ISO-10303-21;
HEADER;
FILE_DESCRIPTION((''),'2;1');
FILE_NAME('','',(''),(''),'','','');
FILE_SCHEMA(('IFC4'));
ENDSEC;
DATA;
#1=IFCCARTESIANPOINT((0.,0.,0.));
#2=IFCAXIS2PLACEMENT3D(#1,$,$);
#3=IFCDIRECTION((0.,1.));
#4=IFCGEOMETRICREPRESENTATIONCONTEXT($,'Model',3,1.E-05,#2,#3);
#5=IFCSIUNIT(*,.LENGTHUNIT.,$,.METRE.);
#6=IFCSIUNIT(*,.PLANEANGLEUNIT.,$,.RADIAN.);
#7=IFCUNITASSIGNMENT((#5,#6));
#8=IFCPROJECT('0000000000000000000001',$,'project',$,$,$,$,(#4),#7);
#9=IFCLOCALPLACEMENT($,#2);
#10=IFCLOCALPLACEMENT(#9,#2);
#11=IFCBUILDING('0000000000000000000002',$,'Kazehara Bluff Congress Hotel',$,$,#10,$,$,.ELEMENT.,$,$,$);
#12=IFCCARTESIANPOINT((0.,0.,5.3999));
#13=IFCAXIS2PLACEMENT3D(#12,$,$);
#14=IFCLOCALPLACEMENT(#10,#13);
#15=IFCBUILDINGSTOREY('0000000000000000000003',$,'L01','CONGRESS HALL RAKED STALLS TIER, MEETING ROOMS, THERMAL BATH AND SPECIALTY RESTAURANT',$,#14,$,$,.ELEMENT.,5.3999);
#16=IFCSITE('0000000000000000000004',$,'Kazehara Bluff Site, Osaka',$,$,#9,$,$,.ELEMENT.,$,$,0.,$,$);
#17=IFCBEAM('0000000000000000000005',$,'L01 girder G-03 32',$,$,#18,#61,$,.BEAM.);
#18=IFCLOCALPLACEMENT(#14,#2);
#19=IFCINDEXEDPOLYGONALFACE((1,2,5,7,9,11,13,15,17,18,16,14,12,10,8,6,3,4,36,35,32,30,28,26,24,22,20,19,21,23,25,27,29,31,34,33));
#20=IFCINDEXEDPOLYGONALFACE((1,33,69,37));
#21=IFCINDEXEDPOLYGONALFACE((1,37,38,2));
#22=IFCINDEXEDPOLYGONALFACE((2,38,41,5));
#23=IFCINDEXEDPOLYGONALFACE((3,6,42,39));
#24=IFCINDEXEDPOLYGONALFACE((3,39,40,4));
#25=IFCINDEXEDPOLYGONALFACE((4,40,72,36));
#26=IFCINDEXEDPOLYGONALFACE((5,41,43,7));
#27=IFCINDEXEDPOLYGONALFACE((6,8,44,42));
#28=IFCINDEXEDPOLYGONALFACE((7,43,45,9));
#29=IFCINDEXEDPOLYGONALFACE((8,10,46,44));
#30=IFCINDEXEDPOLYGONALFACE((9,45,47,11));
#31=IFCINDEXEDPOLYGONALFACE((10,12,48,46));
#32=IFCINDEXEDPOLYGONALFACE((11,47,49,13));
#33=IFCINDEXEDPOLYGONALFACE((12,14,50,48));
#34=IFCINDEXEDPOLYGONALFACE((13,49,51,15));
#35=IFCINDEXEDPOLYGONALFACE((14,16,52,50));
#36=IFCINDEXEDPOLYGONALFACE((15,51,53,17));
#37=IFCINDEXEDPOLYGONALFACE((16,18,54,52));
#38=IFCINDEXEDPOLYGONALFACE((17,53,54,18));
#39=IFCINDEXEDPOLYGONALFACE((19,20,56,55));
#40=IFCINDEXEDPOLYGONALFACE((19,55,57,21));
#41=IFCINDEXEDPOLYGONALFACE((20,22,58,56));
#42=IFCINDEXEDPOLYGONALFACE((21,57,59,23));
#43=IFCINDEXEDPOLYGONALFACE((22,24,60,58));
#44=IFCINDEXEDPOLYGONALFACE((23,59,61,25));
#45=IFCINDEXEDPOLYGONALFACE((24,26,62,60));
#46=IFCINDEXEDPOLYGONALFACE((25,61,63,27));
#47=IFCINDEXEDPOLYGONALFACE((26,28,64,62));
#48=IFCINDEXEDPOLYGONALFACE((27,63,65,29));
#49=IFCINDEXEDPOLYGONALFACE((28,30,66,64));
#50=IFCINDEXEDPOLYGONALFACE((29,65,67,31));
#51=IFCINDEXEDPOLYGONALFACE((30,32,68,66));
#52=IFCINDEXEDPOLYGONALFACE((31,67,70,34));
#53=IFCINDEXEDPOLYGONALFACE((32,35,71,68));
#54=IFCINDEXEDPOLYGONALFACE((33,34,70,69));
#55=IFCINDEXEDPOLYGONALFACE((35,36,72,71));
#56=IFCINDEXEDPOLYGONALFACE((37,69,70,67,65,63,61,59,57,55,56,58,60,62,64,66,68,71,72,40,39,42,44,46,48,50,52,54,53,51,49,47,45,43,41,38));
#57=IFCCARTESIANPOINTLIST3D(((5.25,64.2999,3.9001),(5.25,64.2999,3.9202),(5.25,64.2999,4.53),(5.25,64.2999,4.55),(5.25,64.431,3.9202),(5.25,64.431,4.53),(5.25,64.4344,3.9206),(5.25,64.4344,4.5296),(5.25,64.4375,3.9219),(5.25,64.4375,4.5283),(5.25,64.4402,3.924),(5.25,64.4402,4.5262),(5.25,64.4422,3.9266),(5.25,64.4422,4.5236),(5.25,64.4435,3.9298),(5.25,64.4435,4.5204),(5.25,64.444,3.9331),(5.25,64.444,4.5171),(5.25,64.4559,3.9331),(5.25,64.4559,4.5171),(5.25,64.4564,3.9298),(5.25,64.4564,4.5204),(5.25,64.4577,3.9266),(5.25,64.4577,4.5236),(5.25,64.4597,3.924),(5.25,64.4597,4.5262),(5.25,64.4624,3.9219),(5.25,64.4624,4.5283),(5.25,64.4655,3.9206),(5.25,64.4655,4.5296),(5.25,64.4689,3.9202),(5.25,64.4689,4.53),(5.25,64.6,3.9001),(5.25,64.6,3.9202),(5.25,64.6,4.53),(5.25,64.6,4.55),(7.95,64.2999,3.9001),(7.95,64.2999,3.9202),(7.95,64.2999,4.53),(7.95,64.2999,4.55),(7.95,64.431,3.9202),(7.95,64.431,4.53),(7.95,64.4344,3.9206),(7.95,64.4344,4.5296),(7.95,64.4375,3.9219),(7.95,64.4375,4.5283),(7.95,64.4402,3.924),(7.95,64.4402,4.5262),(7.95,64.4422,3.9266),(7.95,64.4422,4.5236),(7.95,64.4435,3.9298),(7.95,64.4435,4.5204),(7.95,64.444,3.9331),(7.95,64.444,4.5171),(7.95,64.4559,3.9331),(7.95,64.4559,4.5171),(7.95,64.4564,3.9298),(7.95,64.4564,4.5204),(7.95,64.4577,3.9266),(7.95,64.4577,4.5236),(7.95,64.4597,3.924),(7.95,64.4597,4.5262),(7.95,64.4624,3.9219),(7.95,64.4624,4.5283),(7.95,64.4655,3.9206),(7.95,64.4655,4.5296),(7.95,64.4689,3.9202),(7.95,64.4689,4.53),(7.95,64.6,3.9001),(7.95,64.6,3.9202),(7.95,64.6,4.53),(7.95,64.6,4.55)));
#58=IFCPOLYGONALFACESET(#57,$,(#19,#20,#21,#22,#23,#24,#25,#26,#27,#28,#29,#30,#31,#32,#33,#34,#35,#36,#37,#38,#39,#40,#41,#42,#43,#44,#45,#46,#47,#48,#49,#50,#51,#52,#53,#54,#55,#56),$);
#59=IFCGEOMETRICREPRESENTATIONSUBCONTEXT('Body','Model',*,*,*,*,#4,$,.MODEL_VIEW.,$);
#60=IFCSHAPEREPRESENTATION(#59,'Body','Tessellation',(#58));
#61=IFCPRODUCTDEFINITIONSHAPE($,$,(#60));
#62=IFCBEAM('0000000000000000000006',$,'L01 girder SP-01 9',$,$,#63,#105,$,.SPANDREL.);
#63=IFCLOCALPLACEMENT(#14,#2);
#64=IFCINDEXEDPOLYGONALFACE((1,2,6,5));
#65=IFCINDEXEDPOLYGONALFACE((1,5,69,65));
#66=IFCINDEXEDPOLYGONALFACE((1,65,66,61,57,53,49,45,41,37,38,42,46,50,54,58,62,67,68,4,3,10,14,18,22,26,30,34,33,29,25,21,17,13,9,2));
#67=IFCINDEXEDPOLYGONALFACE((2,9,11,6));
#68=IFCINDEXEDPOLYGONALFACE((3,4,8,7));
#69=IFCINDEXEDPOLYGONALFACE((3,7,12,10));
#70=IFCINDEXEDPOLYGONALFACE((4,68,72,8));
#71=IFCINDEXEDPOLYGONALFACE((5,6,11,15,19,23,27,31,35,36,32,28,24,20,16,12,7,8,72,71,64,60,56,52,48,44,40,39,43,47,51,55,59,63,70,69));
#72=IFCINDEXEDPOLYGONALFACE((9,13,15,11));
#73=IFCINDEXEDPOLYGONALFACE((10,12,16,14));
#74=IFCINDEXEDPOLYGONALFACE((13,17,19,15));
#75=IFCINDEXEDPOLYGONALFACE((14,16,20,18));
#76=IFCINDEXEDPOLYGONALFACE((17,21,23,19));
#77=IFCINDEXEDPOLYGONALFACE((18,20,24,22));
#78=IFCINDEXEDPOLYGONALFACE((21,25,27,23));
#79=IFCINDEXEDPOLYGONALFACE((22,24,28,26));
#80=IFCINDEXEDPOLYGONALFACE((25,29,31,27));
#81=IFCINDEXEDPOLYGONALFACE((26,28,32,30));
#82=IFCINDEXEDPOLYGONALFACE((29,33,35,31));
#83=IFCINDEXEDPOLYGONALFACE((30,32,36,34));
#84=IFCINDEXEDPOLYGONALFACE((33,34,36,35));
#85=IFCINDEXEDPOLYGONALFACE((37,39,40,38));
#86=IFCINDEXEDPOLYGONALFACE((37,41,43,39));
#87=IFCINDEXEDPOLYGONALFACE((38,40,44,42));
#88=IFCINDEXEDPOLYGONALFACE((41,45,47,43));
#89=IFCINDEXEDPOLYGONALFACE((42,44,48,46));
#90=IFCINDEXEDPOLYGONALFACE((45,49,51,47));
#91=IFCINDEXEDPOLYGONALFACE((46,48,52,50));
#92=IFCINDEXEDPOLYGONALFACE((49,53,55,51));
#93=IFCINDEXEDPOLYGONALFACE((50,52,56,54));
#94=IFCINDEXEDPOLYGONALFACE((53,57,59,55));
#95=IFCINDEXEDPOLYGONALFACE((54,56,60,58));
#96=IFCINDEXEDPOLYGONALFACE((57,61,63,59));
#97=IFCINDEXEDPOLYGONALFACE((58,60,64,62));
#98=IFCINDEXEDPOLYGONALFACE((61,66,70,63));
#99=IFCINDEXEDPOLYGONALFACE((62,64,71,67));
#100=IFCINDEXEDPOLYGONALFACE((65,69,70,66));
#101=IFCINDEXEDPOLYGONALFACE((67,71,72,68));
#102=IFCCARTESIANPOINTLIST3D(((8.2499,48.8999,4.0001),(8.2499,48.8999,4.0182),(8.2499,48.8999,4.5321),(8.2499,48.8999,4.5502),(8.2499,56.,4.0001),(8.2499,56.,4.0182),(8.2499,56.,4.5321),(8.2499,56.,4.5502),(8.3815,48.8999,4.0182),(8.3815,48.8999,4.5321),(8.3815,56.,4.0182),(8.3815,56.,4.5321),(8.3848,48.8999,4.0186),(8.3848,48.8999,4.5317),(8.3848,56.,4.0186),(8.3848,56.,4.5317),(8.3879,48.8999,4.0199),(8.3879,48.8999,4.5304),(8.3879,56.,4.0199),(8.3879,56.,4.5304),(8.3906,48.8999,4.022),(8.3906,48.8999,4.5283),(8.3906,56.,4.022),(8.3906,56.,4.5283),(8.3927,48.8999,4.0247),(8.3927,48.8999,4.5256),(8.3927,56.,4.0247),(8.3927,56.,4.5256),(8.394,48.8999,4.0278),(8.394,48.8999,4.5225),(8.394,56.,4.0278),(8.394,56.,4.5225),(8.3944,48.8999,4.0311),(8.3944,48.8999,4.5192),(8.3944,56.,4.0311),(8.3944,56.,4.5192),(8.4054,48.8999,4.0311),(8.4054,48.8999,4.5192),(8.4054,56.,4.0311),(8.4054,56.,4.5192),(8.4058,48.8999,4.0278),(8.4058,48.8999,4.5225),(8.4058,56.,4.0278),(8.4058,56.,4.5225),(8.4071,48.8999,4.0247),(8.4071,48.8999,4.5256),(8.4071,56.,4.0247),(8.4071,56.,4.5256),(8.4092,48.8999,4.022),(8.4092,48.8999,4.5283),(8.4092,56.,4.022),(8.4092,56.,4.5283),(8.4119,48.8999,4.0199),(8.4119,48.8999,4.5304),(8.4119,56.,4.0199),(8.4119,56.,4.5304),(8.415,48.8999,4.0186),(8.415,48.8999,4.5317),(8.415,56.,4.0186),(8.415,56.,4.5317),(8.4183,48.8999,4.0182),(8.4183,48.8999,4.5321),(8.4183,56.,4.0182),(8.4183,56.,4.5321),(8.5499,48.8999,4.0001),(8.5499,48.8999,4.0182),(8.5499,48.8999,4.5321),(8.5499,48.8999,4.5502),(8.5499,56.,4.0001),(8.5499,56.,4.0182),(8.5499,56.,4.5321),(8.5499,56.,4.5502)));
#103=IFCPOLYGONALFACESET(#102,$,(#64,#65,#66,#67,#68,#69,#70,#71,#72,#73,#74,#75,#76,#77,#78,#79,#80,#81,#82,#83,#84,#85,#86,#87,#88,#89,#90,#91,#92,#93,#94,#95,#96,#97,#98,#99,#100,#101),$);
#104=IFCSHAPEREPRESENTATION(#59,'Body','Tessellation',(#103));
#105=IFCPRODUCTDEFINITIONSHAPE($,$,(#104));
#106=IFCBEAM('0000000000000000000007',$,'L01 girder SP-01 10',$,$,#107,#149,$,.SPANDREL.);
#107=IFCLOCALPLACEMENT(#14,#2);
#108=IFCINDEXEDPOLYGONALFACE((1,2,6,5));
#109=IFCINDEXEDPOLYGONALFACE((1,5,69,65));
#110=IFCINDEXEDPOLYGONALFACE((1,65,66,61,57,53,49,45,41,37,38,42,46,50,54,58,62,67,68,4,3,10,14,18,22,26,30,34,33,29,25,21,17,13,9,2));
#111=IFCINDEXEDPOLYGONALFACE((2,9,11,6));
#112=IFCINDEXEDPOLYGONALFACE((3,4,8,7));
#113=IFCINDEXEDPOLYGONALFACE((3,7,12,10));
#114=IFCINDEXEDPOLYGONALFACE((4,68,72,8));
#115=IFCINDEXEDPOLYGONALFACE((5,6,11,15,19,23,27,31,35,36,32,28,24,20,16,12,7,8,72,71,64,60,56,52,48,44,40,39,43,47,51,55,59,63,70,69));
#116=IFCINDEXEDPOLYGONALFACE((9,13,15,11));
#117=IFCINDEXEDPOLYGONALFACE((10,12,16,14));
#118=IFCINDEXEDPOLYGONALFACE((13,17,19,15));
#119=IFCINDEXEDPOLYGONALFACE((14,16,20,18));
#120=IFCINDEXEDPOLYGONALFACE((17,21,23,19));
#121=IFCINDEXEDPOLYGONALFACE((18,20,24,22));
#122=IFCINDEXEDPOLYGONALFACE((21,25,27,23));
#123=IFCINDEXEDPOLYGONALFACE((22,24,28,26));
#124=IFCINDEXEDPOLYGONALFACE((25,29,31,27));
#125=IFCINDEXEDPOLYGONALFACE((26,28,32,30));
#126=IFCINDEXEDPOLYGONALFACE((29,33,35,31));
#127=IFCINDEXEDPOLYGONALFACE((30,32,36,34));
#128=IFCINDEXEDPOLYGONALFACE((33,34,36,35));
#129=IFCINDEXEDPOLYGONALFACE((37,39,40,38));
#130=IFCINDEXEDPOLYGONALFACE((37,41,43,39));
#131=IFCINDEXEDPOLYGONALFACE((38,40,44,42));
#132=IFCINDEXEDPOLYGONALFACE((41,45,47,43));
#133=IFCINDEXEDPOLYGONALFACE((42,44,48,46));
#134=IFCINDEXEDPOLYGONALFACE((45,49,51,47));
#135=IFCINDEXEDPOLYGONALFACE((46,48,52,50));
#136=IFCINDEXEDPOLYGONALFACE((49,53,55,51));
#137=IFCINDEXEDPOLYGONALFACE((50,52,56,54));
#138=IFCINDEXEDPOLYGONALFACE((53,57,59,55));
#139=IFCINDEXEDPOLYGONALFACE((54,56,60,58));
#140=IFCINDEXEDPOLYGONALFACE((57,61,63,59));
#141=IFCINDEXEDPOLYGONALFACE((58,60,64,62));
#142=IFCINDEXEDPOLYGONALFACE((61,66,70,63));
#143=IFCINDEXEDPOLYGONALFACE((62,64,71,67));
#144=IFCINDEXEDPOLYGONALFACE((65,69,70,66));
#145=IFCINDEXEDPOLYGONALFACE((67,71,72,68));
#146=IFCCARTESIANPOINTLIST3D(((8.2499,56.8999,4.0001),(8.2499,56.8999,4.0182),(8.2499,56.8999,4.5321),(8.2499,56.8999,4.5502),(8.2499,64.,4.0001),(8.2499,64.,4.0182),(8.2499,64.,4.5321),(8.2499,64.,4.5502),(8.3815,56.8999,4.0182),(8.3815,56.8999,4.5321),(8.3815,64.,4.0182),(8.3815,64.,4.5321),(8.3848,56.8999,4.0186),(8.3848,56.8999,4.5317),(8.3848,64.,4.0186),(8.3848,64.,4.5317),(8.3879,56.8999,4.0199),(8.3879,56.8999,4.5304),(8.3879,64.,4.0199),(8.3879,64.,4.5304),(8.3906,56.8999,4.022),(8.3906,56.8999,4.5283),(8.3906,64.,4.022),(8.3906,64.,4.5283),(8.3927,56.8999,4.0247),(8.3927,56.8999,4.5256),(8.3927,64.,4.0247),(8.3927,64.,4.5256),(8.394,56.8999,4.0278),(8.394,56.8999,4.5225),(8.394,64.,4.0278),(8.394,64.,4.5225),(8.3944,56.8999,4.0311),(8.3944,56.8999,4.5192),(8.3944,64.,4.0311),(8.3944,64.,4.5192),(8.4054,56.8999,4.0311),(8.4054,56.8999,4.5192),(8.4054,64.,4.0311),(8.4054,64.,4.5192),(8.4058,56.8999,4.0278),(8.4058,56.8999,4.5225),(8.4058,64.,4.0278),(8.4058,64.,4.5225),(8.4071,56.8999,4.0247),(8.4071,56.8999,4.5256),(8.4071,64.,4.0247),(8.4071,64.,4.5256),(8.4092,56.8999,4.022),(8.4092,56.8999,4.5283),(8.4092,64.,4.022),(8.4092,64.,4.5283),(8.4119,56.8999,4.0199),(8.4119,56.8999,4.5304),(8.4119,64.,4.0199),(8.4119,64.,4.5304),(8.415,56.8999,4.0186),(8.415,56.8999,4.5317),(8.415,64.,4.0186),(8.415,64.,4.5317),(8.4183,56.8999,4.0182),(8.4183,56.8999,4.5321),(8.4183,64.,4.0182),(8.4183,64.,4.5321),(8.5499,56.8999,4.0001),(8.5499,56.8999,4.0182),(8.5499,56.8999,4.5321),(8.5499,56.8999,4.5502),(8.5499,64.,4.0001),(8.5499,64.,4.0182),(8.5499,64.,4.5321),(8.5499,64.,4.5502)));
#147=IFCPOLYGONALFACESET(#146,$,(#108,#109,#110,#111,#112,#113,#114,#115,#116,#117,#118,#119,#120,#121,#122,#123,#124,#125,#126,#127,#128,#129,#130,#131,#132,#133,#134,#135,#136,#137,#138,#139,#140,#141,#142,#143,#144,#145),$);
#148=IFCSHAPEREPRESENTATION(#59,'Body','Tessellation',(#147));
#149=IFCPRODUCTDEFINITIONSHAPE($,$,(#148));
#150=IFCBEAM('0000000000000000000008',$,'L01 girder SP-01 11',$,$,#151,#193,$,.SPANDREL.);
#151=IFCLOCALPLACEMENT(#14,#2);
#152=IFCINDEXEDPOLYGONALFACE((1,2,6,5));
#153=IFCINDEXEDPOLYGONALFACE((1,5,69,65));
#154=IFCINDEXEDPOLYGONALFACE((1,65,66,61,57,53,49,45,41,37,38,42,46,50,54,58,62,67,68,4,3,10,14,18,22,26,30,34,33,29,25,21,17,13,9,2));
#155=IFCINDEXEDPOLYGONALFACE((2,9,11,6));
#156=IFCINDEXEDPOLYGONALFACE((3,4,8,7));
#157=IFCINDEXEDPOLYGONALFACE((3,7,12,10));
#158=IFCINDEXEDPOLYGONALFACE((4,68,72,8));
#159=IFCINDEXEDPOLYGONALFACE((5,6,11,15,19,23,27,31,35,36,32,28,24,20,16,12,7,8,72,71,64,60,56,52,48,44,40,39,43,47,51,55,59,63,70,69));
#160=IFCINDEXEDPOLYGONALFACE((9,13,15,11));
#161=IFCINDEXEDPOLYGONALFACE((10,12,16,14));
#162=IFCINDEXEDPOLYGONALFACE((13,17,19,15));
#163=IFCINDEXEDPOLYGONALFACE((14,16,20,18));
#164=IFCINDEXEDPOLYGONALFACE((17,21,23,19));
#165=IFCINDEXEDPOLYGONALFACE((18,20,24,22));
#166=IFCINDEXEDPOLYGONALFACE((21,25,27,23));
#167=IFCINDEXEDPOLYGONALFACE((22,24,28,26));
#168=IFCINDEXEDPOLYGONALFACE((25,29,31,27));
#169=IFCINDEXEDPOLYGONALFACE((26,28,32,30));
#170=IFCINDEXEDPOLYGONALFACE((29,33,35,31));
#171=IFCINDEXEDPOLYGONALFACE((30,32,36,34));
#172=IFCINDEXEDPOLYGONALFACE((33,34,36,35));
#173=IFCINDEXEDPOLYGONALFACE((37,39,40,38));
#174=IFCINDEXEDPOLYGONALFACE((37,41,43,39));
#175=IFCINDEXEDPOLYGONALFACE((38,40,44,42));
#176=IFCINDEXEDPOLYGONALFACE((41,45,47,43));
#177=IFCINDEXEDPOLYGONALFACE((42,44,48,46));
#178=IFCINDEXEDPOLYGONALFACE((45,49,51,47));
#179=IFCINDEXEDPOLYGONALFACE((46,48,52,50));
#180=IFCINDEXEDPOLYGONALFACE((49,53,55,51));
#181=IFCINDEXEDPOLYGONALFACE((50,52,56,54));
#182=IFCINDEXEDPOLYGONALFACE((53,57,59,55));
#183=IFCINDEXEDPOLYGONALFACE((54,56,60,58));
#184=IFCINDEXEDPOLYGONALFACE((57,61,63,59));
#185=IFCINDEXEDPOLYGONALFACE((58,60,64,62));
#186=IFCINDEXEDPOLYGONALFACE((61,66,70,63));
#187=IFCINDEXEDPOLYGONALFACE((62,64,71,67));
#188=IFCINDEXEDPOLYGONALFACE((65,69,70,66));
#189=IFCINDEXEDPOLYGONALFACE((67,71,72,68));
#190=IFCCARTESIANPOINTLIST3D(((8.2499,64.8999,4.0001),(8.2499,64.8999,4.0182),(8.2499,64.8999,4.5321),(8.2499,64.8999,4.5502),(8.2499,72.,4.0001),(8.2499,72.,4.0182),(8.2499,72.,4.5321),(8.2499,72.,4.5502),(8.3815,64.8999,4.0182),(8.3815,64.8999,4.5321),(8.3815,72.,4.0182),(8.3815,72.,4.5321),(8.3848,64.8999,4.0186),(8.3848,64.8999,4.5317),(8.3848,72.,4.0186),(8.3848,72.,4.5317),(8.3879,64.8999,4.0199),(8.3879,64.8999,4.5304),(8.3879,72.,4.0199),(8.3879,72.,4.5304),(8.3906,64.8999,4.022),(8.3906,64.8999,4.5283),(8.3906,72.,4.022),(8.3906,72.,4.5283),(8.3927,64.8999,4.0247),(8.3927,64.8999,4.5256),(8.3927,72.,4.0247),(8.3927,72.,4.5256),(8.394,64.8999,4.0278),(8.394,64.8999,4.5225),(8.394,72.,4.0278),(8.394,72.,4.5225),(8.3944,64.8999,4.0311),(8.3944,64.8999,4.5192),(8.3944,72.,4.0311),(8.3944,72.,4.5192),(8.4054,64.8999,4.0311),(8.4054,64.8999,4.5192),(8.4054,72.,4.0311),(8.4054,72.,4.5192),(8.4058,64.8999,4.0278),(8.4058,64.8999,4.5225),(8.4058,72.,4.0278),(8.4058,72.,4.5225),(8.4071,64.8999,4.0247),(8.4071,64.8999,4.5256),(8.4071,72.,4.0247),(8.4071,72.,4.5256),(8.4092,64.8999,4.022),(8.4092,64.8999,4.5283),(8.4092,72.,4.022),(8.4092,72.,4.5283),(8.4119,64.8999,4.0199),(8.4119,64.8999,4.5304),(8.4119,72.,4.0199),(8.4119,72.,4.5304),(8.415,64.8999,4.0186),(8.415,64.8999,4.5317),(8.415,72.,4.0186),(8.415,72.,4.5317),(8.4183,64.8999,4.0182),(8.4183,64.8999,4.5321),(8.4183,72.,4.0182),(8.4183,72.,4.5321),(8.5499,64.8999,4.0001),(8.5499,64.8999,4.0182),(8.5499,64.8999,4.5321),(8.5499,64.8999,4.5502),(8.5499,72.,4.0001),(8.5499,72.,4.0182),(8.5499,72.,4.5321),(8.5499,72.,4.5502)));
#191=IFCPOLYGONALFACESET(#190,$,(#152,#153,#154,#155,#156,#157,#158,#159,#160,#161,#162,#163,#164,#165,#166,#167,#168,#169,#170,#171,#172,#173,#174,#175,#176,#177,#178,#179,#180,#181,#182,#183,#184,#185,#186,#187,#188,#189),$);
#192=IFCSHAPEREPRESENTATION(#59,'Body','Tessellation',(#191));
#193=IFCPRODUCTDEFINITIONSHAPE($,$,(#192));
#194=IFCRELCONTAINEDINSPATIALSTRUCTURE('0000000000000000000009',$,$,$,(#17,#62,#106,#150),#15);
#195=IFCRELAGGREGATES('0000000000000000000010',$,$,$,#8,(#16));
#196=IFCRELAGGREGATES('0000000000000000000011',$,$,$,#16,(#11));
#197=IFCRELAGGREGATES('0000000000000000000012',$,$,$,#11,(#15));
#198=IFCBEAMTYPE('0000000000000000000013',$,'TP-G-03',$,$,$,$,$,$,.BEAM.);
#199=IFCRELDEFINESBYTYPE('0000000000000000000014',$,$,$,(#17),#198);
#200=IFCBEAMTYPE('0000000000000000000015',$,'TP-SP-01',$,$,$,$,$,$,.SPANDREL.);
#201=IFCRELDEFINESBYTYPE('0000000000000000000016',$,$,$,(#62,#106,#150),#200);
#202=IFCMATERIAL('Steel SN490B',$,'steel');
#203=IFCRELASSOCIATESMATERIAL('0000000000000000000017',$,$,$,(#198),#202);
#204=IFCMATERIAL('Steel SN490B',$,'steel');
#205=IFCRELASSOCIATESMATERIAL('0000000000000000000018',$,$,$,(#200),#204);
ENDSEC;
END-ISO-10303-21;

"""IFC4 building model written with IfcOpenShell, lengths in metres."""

from ifc_helpers import new_model, si_unit, direction, frame, origin, origin_2d, place, context, subcontext, project, spatial, i_section, extrude, material, material_profile, profile_set, type_object, element, save


model = new_model("IFC4")

# Units and contexts
model_context = context("Model", 3, precision=1e-05, world=origin(), true_north=direction((0.0, 1.0)))
body_context = subcontext(model_context, "Body", "Model", "MODEL_VIEW")
ifc_project = project(units=[si_unit("LENGTHUNIT", "METRE"), si_unit("PLANEANGLEUNIT", "RADIAN")], contexts=[model_context])

# Site, building, storey
site_placement = place(None, origin())
site = spatial("IfcSite", under=ifc_project, at=site_placement, Name="Kazehara Bluff Site, Osaka", CompositionType="ELEMENT", RefElevation=0.0)
building_placement = place(site_placement, origin())
building = spatial("IfcBuilding", under=site, at=building_placement, Name="Kazehara Bluff Congress Hotel", CompositionType="ELEMENT")
storey_placement = place(building_placement, frame((0.0, 0.0, 5.3999)))
storey = spatial("IfcBuildingStorey", under=building, at=storey_placement, Name="L01", Description="CONGRESS HALL RAKED STALLS TIER, MEETING ROOMS, THERMAL BATH AND SPECIALTY RESTAURANT", CompositionType="ELEMENT", Elevation=5.3999)

# Beams
ifc_material_1 = material(Name="Steel SN490B", Category="steel")
ifc_material_profile_1 = material_profile(ifc_material_1, i_section(OverallWidth=0.3, OverallDepth=0.6499, WebThickness=0.012, FlangeThickness=0.02, FilletRadius=0.0129, at=origin_2d()))
ifc_profile_set_1 = profile_set([ifc_material_profile_1], Name="Steel SN490B")
beam_type_1 = type_object("IfcBeamType", Name="TP-G-03", PredefinedType="BEAM", material=ifc_profile_set_1)
for number, where, z_axis, x_axis, name in (
    (1, (5.25, 64.45, 4.2251), (1.0, 0.0, 0.0), (0.0, 1.0, 0.0), "L01 girder G-03 32"),
):
    element("IfcBeam", number, at=place(storey_placement, frame(where, z_axis=z_axis, x_axis=x_axis)), inside=storey, type_object=beam_type_1, Name=name, PredefinedType="BEAM", context=body_context, shape_type="SweptSolid", body=[
        extrude(i_section(OverallWidth=0.3, OverallDepth=0.6499, WebThickness=0.012, FlangeThickness=0.02, FilletRadius=0.0129, at=origin_2d()), origin(), (0.0, 0.0, 1.0), 2.7),
    ])
ifc_material_2 = material(Name="Steel SN490B", Category="steel")
ifc_material_profile_2 = material_profile(ifc_material_2, i_section(OverallWidth=0.3, OverallDepth=0.55, WebThickness=0.011, FlangeThickness=0.0181, FilletRadius=0.0129, at=origin_2d()))
ifc_profile_set_2 = profile_set([ifc_material_profile_2], Name="Steel SN490B")
beam_type_2 = type_object("IfcBeamType", Name="TP-SP-01", PredefinedType="SPANDREL", material=ifc_profile_set_2)
for number, where, z_axis, x_axis, name in (
    (2, (8.3999, 48.8999, 4.2751), (0.0, 1.0, 0.0), (-1.0, 0.0, 0.0), "L01 girder SP-01 9"),
    (3, (8.3999, 56.8999, 4.2751), (0.0, 1.0, 0.0), (-1.0, 0.0, 0.0), "L01 girder SP-01 10"),
    (4, (8.3999, 64.8999, 4.2751), (0.0, 1.0, 0.0), (-1.0, 0.0, 0.0), "L01 girder SP-01 11"),
):
    element("IfcBeam", number, at=place(storey_placement, frame(where, z_axis=z_axis, x_axis=x_axis)), inside=storey, type_object=beam_type_2, Name=name, PredefinedType="SPANDREL", context=body_context, shape_type="SweptSolid", body=[
        extrude(i_section(OverallWidth=0.3, OverallDepth=0.55, WebThickness=0.011, FlangeThickness=0.0181, FilletRadius=0.0129, at=origin_2d()), origin(), (0.0, 0.0, 1.0), 7.1001),
    ])

save(model, "model.ifc")
